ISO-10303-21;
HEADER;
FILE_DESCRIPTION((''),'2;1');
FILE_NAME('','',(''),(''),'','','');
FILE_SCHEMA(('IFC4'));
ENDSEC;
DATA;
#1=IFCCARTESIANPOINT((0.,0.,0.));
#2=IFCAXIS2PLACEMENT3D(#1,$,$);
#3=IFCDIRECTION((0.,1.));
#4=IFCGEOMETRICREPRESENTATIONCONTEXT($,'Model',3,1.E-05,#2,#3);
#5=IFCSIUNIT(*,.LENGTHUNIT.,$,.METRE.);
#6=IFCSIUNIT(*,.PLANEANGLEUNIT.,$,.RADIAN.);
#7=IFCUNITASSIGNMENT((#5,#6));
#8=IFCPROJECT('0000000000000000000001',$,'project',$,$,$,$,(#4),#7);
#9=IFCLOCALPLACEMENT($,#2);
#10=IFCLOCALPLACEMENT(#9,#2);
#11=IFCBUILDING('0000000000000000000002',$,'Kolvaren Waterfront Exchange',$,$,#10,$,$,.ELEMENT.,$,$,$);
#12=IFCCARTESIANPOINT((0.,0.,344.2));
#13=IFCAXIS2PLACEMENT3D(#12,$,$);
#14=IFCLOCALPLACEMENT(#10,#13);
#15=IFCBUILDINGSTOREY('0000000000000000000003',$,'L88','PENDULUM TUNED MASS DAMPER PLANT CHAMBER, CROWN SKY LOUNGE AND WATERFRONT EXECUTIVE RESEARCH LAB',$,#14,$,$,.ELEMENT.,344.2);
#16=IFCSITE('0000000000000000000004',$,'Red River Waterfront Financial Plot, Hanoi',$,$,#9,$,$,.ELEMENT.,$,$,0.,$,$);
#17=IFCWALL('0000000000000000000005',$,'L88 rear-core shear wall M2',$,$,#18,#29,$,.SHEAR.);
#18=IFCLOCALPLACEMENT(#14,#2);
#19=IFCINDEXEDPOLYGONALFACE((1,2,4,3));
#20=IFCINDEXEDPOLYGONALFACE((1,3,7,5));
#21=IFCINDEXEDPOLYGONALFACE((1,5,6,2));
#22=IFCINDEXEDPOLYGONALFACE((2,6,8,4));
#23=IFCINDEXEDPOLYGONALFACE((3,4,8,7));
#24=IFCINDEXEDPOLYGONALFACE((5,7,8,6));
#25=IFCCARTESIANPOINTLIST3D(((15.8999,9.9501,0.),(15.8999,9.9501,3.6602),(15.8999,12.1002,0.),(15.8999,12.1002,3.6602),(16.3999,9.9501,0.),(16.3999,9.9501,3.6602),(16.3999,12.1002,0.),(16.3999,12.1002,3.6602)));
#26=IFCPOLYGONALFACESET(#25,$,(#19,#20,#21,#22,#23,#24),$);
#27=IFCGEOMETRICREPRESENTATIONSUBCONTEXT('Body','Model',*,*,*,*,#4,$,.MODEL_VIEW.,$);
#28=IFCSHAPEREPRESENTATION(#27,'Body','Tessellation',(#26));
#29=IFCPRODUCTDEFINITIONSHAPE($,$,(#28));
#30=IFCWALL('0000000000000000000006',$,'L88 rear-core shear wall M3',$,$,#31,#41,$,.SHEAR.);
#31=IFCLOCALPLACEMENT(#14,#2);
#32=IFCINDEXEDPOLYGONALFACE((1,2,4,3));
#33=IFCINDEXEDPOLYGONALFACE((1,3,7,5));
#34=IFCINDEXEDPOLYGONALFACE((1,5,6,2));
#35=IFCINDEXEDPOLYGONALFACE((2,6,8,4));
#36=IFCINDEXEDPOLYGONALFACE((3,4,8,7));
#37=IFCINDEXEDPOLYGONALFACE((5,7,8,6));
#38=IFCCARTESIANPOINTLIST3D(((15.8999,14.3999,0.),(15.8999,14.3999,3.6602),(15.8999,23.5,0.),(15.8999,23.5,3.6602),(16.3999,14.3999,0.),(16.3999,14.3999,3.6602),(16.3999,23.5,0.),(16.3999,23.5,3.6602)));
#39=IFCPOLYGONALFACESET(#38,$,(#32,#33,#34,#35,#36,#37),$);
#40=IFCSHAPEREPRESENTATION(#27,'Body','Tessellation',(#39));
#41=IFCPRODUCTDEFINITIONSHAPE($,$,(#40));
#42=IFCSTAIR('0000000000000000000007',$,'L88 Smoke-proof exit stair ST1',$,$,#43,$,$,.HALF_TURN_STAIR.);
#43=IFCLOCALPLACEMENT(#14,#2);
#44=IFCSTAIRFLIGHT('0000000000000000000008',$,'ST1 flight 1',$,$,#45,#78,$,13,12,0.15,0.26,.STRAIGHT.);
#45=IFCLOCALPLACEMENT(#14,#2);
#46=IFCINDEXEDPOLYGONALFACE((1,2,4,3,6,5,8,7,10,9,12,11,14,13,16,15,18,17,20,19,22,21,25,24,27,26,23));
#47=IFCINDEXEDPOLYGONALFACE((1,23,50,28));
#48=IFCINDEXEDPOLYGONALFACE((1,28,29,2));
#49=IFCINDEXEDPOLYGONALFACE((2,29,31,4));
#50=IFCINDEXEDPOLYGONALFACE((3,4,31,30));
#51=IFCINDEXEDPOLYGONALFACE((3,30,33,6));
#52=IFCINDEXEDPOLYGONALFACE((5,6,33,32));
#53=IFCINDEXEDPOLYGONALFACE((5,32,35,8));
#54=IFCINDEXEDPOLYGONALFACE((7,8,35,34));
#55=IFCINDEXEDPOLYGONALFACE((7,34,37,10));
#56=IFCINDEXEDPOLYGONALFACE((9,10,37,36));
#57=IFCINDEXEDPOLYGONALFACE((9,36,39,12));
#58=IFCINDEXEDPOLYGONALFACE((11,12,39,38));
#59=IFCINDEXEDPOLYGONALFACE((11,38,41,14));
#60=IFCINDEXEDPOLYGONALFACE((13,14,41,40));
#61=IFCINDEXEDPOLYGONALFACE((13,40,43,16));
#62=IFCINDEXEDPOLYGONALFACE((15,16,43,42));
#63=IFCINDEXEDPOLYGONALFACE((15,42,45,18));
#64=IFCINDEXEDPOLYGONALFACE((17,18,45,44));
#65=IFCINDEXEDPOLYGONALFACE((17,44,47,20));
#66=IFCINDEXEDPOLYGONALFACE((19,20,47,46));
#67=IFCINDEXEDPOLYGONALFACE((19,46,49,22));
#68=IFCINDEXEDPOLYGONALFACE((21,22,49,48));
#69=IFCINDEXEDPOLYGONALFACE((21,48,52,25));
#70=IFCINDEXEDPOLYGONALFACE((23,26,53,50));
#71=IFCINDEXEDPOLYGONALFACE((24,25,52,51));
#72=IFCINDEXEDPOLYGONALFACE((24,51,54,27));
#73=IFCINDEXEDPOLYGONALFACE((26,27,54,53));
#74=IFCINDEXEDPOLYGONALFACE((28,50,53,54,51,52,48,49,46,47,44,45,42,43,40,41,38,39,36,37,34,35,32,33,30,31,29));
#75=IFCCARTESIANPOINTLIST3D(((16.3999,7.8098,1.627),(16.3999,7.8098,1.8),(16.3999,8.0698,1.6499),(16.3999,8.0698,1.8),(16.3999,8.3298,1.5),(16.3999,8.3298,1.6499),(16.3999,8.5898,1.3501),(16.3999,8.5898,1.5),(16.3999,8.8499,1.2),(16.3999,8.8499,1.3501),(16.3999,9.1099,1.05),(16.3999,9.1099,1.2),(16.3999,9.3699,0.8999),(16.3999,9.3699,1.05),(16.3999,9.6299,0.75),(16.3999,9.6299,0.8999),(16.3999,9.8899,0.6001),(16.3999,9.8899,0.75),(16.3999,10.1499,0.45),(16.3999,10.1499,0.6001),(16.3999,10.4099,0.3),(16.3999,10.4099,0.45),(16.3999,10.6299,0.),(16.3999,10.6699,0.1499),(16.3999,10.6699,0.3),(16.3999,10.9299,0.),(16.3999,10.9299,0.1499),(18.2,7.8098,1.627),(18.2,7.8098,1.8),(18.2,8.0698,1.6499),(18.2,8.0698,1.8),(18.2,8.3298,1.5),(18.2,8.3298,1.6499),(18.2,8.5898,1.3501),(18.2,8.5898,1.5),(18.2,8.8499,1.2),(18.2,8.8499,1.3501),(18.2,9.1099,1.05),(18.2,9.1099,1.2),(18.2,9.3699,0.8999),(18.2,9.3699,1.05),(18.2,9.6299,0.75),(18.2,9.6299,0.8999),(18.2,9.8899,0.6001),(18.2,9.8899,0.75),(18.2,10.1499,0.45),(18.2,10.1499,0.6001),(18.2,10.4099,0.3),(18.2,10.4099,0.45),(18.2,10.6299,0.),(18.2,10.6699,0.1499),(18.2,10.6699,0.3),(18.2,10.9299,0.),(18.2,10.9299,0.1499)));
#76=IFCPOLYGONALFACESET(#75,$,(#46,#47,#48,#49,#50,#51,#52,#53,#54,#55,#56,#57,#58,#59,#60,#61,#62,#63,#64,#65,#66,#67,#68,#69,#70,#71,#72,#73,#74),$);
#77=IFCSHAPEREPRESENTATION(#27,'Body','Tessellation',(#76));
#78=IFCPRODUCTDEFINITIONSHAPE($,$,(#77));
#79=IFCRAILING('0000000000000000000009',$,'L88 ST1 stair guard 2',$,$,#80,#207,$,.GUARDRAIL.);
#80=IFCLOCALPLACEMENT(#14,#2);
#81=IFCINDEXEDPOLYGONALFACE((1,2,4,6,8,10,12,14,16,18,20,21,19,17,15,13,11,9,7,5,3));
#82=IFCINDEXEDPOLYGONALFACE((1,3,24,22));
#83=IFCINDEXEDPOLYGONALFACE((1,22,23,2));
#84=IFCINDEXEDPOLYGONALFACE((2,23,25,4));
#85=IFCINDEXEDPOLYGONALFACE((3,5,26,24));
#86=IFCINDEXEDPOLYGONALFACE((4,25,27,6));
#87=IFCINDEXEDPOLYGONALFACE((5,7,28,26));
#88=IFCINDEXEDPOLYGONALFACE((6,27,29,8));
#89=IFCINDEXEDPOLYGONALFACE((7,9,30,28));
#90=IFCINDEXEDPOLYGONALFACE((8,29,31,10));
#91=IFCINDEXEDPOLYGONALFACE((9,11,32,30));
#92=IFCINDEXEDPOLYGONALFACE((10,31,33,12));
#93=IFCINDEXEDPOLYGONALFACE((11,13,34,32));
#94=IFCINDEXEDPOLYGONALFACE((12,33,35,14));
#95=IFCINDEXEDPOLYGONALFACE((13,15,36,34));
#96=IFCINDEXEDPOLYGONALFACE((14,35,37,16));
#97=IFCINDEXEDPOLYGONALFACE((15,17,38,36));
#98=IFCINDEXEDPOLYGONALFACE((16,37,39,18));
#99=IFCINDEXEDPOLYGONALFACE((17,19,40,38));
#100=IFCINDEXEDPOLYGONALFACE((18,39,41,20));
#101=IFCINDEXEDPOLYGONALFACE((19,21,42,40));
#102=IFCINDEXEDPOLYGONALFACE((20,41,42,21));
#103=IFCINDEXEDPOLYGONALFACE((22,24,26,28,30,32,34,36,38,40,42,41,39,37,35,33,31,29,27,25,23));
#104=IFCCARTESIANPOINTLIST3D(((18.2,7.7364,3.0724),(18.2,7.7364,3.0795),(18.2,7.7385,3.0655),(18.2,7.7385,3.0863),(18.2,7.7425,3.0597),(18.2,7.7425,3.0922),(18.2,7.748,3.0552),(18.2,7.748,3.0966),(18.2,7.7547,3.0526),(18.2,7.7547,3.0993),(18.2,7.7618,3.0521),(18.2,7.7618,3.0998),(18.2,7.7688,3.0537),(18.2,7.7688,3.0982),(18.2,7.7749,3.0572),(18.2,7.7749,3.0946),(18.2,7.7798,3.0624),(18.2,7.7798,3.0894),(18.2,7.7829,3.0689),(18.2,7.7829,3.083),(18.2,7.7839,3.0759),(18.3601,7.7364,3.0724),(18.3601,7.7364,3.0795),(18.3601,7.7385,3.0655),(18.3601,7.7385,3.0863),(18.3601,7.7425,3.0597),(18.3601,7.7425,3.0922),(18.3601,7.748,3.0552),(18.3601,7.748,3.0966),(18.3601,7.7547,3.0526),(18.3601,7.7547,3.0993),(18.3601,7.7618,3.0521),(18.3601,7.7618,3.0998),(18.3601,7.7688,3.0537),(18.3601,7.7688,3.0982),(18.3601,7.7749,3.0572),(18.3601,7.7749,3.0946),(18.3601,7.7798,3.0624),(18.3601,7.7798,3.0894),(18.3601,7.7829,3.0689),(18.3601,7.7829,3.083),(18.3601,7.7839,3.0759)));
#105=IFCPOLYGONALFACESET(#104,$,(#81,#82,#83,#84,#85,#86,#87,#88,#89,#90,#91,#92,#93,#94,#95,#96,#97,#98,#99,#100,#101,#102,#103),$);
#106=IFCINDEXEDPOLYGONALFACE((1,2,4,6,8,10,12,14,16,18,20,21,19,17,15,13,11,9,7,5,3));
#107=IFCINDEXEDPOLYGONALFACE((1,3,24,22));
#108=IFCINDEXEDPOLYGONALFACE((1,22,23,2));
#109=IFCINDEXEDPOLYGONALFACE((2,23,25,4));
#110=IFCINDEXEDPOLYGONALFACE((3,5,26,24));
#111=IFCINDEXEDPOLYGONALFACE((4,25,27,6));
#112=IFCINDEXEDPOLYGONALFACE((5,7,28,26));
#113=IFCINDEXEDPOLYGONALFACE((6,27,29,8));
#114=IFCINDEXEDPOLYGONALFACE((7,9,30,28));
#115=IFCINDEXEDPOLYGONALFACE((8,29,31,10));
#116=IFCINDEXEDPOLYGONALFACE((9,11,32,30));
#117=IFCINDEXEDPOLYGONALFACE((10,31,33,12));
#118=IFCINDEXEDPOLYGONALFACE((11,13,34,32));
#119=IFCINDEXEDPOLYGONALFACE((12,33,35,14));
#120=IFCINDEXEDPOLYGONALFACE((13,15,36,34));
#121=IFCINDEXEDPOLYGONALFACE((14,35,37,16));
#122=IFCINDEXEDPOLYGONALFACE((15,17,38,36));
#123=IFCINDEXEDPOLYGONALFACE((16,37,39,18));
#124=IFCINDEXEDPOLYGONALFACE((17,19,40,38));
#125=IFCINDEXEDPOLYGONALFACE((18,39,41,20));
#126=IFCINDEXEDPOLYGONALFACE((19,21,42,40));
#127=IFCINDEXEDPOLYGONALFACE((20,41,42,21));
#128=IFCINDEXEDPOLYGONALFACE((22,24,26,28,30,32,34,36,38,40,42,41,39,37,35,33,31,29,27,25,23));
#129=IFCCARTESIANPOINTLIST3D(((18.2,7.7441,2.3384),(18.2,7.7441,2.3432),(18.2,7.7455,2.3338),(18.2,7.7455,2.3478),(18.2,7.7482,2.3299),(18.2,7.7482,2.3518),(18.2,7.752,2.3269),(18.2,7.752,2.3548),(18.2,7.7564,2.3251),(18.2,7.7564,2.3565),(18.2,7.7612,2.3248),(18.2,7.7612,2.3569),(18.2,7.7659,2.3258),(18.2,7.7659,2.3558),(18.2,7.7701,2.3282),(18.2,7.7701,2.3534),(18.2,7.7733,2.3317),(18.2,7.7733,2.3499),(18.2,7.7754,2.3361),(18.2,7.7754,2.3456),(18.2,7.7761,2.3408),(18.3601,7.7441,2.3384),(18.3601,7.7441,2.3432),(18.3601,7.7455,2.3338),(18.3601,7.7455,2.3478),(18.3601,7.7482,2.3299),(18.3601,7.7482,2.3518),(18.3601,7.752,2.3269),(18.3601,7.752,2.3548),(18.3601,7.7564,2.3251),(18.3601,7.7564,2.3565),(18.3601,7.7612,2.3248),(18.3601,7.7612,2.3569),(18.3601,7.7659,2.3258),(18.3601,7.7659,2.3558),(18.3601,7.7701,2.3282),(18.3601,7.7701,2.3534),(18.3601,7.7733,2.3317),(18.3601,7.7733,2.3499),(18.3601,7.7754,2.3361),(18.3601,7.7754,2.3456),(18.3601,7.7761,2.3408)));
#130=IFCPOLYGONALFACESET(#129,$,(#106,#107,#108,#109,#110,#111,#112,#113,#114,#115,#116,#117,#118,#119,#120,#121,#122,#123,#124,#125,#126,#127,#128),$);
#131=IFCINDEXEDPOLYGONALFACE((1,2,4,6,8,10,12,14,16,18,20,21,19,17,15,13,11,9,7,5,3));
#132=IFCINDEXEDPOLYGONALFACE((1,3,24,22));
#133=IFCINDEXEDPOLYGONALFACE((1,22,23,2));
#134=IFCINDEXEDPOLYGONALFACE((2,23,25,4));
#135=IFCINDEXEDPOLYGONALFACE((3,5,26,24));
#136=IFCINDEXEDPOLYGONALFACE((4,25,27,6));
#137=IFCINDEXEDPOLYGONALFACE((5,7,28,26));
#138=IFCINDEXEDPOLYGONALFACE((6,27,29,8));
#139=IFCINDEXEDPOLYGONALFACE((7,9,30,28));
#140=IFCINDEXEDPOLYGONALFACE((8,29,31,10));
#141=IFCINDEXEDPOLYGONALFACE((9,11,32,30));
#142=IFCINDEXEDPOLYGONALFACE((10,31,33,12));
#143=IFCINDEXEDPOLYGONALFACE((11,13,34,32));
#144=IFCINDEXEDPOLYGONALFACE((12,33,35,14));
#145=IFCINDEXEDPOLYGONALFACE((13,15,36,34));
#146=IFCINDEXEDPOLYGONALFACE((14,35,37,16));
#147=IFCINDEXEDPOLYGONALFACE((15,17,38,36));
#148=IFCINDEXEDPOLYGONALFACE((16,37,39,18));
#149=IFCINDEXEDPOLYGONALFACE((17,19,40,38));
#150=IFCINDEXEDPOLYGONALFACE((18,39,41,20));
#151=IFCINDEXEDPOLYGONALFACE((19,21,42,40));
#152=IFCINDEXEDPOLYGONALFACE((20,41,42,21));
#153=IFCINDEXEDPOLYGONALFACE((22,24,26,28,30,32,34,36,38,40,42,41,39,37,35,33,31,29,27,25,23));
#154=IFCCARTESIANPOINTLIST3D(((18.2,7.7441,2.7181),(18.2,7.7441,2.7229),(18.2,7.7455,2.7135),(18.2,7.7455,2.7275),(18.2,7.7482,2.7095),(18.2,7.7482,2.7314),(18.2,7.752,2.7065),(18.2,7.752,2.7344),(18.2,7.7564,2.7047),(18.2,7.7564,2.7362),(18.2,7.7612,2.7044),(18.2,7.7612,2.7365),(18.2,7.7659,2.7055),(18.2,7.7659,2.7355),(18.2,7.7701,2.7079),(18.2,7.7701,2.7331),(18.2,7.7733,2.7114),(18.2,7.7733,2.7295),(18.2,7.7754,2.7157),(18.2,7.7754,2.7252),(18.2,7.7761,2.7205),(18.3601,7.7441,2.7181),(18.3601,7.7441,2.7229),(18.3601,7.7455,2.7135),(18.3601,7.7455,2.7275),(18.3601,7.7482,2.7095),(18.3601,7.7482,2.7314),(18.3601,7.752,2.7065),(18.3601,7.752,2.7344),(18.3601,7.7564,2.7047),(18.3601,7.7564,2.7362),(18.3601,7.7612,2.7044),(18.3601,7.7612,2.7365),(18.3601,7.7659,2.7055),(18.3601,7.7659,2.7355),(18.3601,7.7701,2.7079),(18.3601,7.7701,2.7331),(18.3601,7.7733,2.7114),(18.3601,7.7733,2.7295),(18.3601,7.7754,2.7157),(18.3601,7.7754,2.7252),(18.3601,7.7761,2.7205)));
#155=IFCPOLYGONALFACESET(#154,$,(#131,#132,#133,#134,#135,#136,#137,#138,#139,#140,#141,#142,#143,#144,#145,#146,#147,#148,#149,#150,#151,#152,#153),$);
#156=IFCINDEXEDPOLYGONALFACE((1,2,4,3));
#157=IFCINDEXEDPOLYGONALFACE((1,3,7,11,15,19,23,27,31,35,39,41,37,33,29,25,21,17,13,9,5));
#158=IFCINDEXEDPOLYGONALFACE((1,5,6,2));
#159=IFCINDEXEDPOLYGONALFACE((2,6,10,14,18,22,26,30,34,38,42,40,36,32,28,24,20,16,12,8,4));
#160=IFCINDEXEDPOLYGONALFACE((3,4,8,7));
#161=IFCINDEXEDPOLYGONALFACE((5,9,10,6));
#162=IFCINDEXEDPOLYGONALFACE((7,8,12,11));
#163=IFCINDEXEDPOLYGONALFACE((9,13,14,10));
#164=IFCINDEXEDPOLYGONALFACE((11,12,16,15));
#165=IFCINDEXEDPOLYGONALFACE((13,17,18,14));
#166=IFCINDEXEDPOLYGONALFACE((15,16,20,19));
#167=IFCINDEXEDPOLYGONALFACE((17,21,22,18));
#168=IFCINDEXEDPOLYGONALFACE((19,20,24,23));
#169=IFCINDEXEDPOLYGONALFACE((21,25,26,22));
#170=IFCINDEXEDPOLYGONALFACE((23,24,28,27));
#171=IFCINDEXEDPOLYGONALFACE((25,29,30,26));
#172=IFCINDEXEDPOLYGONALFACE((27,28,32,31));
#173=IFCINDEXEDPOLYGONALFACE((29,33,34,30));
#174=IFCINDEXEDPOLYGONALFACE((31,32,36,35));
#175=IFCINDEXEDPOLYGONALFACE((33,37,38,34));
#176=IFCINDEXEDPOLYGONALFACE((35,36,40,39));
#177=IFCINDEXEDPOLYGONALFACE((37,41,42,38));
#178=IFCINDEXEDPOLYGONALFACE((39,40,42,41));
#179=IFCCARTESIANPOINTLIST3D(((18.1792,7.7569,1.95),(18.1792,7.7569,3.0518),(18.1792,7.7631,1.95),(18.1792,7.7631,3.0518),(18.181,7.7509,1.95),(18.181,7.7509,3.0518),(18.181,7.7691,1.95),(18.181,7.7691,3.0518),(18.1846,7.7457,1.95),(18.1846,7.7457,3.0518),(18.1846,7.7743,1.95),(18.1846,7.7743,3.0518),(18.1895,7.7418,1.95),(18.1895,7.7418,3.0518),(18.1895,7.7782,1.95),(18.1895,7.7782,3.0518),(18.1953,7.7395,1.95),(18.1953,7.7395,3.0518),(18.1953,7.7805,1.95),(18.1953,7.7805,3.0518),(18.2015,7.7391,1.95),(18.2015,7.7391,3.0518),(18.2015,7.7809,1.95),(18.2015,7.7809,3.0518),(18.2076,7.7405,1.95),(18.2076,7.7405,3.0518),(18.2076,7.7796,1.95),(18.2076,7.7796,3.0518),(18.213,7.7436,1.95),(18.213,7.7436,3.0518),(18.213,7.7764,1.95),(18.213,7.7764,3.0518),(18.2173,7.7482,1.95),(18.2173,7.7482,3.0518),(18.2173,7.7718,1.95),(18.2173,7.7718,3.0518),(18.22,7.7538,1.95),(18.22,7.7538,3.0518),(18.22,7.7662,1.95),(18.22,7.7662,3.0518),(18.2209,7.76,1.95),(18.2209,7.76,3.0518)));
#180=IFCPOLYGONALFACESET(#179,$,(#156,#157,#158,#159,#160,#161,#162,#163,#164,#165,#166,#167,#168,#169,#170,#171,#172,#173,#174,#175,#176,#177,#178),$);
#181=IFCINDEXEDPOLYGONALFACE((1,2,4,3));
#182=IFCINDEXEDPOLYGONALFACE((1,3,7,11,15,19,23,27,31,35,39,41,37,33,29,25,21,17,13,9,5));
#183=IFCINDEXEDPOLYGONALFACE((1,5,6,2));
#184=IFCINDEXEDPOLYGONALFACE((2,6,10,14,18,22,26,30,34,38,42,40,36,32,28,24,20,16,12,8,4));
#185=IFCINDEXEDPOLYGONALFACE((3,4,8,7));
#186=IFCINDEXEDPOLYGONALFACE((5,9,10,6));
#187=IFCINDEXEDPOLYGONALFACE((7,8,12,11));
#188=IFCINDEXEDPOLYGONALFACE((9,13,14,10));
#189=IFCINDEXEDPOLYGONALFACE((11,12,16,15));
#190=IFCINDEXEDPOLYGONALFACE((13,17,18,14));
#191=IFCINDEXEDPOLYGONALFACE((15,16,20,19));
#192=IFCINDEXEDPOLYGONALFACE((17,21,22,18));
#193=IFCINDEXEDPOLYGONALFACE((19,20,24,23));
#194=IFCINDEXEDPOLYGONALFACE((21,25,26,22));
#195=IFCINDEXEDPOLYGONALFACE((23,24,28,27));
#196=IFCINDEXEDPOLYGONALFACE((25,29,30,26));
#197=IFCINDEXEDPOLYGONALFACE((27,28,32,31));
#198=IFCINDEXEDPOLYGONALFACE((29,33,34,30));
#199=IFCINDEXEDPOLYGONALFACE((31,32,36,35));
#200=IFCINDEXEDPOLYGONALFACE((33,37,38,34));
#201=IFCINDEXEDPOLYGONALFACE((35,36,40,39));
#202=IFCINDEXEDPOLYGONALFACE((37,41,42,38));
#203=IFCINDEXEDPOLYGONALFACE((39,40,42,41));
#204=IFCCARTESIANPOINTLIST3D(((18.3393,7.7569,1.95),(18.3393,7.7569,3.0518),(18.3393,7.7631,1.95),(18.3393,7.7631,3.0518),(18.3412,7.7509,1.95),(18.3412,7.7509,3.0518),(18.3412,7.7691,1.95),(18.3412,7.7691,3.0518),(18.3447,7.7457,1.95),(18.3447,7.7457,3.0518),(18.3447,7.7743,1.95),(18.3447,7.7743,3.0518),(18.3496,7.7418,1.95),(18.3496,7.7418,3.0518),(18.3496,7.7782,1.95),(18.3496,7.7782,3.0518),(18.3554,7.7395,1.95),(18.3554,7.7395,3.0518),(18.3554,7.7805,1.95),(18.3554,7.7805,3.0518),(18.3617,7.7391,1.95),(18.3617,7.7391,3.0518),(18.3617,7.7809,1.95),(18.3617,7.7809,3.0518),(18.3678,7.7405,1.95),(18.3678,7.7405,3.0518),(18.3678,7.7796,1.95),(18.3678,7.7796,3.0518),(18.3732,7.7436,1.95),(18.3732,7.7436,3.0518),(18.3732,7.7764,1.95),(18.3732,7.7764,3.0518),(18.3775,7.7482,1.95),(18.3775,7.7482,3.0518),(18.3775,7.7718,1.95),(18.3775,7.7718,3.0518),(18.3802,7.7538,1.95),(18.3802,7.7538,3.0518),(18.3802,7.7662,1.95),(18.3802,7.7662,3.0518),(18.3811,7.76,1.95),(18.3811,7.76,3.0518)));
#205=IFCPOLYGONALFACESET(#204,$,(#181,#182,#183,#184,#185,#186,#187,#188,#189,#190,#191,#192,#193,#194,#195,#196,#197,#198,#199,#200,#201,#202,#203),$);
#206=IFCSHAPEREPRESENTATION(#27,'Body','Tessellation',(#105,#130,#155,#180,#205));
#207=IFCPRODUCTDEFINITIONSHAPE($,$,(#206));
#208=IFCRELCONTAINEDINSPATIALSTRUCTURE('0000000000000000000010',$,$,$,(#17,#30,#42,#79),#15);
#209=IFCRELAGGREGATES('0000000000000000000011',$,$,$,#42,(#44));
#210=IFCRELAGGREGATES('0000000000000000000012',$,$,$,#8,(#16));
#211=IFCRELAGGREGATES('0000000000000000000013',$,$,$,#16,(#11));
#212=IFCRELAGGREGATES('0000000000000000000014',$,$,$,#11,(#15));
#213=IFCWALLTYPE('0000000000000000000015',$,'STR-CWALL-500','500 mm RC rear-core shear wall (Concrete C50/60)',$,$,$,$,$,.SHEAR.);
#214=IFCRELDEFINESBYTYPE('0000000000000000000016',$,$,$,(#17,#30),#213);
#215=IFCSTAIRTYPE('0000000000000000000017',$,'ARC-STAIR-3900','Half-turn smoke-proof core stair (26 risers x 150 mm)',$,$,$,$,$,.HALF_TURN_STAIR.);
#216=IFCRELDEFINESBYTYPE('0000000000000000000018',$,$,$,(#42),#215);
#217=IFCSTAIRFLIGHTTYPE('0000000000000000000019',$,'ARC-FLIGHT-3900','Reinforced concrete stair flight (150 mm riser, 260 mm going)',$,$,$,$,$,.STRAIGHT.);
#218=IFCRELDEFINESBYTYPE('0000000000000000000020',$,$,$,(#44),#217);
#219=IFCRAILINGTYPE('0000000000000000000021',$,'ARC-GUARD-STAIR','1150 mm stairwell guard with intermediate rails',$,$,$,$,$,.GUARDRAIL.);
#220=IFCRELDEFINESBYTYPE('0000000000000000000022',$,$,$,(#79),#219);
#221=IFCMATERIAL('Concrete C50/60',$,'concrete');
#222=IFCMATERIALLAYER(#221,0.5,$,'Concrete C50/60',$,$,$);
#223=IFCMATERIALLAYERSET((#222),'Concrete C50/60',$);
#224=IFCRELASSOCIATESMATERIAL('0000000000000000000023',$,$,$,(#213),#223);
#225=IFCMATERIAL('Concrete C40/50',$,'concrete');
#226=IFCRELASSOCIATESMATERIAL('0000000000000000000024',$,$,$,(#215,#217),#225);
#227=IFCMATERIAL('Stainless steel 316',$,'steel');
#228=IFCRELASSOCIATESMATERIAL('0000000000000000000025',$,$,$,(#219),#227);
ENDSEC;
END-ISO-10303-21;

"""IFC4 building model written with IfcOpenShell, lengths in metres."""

from ifc_helpers import new_model, si_unit, direction, frame, frame_2d, origin, origin_2d, place, context, subcontext, project, spatial, polyline, rectangle, circle, outline, extrude, material, layer, layer_set, type_object, element, aggregate, save


model = new_model("IFC4")

# Units and contexts
model_context = context("Model", 3, precision=1e-05, world=origin(), true_north=direction((0.0, 1.0)))
body_context = subcontext(model_context, "Body", "Model", "MODEL_VIEW")
ifc_project = project(units=[si_unit("LENGTHUNIT", "METRE"), si_unit("PLANEANGLEUNIT", "RADIAN")], contexts=[model_context])

# Site, building, storey
site_placement = place(None, origin())
site = spatial("IfcSite", under=ifc_project, at=site_placement, Name="Red River Waterfront Financial Plot, Hanoi", CompositionType="ELEMENT", RefElevation=0.0)
building_placement = place(site_placement, origin())
building = spatial("IfcBuilding", under=site, at=building_placement, Name="Kolvaren Waterfront Exchange", CompositionType="ELEMENT")
storey_placement = place(building_placement, frame((0.0, 0.0, 344.2)))
storey = spatial("IfcBuildingStorey", under=building, at=storey_placement, Name="L88", Description="PENDULUM TUNED MASS DAMPER PLANT CHAMBER, CROWN SKY LOUNGE AND WATERFRONT EXECUTIVE RESEARCH LAB", CompositionType="ELEMENT", Elevation=344.2)

# Walls
ifc_material_1 = material(Name="Concrete C40/50", Category="concrete")
ifc_material_2 = material(Name="Concrete C50/60", Category="concrete")
ifc_layer_1 = layer(ifc_material_2, 0.5, Name="Concrete C50/60")
ifc_layer_set_1 = layer_set([ifc_layer_1], Name="Concrete C50/60")
wall_type_1 = type_object("IfcWallType", Name="STR-CWALL-500", Description="500 mm RC rear-core shear wall (Concrete C50/60)", PredefinedType="SHEAR", material=ifc_layer_set_1)
wall_1_placement = place(storey_placement, frame((16.1499, 9.95, 0.0), z_axis=(0.0, 0.0, 1.0), x_axis=(0.0, 1.0, 0.0)))
element("IfcWall", 1, at=wall_1_placement, inside=storey, type_object=wall_type_1, Name="L88 rear-core shear wall M2", PredefinedType="SHEAR", context=body_context, shape_type="SweptSolid", body=[
    extrude(rectangle(XDim=2.1501, YDim=0.5, at=frame_2d((1.0752, 0.0))), origin(), (0.0, 0.0, 1.0), 3.6602),
])
wall_2_placement = place(storey_placement, frame((16.1499, 14.3999, 0.0), z_axis=(0.0, 0.0, 1.0), x_axis=(0.0, 1.0, 0.0)))
element("IfcWall", 2, at=wall_2_placement, inside=storey, type_object=wall_type_1, Name="L88 rear-core shear wall M3", PredefinedType="SHEAR", context=body_context, shape_type="SweptSolid", body=[
    extrude(rectangle(XDim=9.1001, YDim=0.5, at=frame_2d((4.55, 0.0))), origin(), (0.0, 0.0, 1.0), 3.6602),
])

# Stair, stair flight
stair_type = type_object("IfcStairType", Name="ARC-STAIR-3900", Description="Half-turn smoke-proof core stair (26 risers x 150 mm)", PredefinedType="HALF_TURN_STAIR", material=ifc_material_1)
stair_placement = place(storey_placement, origin())
stair = element("IfcStair", 3, at=stair_placement, inside=storey, type_object=stair_type, Name="L88 Smoke-proof exit stair ST1", PredefinedType="HALF_TURN_STAIR")
stair_flight_type = type_object("IfcStairFlightType", Name="ARC-FLIGHT-3900", Description="Reinforced concrete stair flight (150 mm riser, 260 mm going)", PredefinedType="STRAIGHT", material=ifc_material_1)
stair_flight_placement = place(storey_placement, frame((17.3, 10.9299, 0.0), z_axis=(0.0, 0.0, 1.0), x_axis=(0.0, -1.0, 0.0)))
stair_flight = element("IfcStairFlight", 4, at=stair_flight_placement, type_object=stair_flight_type, Name="ST1 flight 1", NumberOfRisers=13, NumberOfTreads=12, PredefinedType="STRAIGHT", RiserHeight=0.15, TreadLength=0.26, context=body_context, shape_type="SweptSolid", body=[
    extrude(outline(polyline([(0.0, 0.0), (0.0, 0.1499), (0.26, 0.1499), (0.26, 0.3), (0.52, 0.3), (0.52, 0.45), (0.78, 0.45), (0.78, 0.6001), (1.04, 0.6001), (1.04, 0.75), (1.3, 0.75), (1.3, 0.8999), (1.5601, 0.8999), (1.5601, 1.05), (1.8201, 1.05), (1.8201, 1.2), (2.0801, 1.2), (2.0801, 1.3501), (2.3401, 1.3501), (2.3401, 1.5), (2.6001, 1.5), (2.6001, 1.6499), (2.8601, 1.6499), (2.8601, 1.8), (3.1201, 1.8), (3.1201, 1.95), (3.1201, 1.627), (0.3, 0.0), (0.0, 0.0)])), frame((0.0, 0.8999, 0.0), z_axis=(0.0, -1.0, 0.0), x_axis=(1.0, 0.0, 0.0)), (0.0, 0.0, 1.0), 1.8),
])
aggregate(stair, [stair_flight])

# Railing
ifc_material_3 = material(Name="Stainless steel 316", Category="steel")
railing_type_1 = type_object("IfcRailingType", Name="ARC-GUARD-STAIR", Description="1150 mm stairwell guard with intermediate rails", PredefinedType="GUARDRAIL", material=ifc_material_3)
railing_1_placement = place(storey_placement, frame((18.2, 7.76, 1.95)))
element("IfcRailing", 5, at=railing_1_placement, inside=storey, type_object=railing_type_1, Name="L88 ST1 stair guard 2", PredefinedType="GUARDRAIL", context=body_context, shape_type="SweptSolid", body=[
    extrude(circle(Radius=0.0239, at=origin_2d()), frame((0.0, 0.0, 1.126), z_axis=(1.0, 0.0, 0.0), x_axis=(0.0, 1.0, 0.0)), (0.0, 0.0, 1.0), 0.1602),
    extrude(circle(Radius=0.0161, at=origin_2d()), frame((0.0, 0.0, 0.3909), z_axis=(1.0, 0.0, 0.0), x_axis=(0.0, 1.0, 0.0)), (0.0, 0.0, 1.0), 0.1602),
    extrude(circle(Radius=0.0161, at=origin_2d()), frame((0.0, 0.0, 0.7705), z_axis=(1.0, 0.0, 0.0), x_axis=(0.0, 1.0, 0.0)), (0.0, 0.0, 1.0), 0.1602),
    extrude(circle(Radius=0.021, at=origin_2d()), origin(), (0.0, 0.0, 1.0), 1.1018),
    extrude(circle(Radius=0.021, at=origin_2d()), frame((0.1602, 0.0, 0.0)), (0.0, 0.0, 1.0), 1.1018),
])

save(model, "model.ifc")
